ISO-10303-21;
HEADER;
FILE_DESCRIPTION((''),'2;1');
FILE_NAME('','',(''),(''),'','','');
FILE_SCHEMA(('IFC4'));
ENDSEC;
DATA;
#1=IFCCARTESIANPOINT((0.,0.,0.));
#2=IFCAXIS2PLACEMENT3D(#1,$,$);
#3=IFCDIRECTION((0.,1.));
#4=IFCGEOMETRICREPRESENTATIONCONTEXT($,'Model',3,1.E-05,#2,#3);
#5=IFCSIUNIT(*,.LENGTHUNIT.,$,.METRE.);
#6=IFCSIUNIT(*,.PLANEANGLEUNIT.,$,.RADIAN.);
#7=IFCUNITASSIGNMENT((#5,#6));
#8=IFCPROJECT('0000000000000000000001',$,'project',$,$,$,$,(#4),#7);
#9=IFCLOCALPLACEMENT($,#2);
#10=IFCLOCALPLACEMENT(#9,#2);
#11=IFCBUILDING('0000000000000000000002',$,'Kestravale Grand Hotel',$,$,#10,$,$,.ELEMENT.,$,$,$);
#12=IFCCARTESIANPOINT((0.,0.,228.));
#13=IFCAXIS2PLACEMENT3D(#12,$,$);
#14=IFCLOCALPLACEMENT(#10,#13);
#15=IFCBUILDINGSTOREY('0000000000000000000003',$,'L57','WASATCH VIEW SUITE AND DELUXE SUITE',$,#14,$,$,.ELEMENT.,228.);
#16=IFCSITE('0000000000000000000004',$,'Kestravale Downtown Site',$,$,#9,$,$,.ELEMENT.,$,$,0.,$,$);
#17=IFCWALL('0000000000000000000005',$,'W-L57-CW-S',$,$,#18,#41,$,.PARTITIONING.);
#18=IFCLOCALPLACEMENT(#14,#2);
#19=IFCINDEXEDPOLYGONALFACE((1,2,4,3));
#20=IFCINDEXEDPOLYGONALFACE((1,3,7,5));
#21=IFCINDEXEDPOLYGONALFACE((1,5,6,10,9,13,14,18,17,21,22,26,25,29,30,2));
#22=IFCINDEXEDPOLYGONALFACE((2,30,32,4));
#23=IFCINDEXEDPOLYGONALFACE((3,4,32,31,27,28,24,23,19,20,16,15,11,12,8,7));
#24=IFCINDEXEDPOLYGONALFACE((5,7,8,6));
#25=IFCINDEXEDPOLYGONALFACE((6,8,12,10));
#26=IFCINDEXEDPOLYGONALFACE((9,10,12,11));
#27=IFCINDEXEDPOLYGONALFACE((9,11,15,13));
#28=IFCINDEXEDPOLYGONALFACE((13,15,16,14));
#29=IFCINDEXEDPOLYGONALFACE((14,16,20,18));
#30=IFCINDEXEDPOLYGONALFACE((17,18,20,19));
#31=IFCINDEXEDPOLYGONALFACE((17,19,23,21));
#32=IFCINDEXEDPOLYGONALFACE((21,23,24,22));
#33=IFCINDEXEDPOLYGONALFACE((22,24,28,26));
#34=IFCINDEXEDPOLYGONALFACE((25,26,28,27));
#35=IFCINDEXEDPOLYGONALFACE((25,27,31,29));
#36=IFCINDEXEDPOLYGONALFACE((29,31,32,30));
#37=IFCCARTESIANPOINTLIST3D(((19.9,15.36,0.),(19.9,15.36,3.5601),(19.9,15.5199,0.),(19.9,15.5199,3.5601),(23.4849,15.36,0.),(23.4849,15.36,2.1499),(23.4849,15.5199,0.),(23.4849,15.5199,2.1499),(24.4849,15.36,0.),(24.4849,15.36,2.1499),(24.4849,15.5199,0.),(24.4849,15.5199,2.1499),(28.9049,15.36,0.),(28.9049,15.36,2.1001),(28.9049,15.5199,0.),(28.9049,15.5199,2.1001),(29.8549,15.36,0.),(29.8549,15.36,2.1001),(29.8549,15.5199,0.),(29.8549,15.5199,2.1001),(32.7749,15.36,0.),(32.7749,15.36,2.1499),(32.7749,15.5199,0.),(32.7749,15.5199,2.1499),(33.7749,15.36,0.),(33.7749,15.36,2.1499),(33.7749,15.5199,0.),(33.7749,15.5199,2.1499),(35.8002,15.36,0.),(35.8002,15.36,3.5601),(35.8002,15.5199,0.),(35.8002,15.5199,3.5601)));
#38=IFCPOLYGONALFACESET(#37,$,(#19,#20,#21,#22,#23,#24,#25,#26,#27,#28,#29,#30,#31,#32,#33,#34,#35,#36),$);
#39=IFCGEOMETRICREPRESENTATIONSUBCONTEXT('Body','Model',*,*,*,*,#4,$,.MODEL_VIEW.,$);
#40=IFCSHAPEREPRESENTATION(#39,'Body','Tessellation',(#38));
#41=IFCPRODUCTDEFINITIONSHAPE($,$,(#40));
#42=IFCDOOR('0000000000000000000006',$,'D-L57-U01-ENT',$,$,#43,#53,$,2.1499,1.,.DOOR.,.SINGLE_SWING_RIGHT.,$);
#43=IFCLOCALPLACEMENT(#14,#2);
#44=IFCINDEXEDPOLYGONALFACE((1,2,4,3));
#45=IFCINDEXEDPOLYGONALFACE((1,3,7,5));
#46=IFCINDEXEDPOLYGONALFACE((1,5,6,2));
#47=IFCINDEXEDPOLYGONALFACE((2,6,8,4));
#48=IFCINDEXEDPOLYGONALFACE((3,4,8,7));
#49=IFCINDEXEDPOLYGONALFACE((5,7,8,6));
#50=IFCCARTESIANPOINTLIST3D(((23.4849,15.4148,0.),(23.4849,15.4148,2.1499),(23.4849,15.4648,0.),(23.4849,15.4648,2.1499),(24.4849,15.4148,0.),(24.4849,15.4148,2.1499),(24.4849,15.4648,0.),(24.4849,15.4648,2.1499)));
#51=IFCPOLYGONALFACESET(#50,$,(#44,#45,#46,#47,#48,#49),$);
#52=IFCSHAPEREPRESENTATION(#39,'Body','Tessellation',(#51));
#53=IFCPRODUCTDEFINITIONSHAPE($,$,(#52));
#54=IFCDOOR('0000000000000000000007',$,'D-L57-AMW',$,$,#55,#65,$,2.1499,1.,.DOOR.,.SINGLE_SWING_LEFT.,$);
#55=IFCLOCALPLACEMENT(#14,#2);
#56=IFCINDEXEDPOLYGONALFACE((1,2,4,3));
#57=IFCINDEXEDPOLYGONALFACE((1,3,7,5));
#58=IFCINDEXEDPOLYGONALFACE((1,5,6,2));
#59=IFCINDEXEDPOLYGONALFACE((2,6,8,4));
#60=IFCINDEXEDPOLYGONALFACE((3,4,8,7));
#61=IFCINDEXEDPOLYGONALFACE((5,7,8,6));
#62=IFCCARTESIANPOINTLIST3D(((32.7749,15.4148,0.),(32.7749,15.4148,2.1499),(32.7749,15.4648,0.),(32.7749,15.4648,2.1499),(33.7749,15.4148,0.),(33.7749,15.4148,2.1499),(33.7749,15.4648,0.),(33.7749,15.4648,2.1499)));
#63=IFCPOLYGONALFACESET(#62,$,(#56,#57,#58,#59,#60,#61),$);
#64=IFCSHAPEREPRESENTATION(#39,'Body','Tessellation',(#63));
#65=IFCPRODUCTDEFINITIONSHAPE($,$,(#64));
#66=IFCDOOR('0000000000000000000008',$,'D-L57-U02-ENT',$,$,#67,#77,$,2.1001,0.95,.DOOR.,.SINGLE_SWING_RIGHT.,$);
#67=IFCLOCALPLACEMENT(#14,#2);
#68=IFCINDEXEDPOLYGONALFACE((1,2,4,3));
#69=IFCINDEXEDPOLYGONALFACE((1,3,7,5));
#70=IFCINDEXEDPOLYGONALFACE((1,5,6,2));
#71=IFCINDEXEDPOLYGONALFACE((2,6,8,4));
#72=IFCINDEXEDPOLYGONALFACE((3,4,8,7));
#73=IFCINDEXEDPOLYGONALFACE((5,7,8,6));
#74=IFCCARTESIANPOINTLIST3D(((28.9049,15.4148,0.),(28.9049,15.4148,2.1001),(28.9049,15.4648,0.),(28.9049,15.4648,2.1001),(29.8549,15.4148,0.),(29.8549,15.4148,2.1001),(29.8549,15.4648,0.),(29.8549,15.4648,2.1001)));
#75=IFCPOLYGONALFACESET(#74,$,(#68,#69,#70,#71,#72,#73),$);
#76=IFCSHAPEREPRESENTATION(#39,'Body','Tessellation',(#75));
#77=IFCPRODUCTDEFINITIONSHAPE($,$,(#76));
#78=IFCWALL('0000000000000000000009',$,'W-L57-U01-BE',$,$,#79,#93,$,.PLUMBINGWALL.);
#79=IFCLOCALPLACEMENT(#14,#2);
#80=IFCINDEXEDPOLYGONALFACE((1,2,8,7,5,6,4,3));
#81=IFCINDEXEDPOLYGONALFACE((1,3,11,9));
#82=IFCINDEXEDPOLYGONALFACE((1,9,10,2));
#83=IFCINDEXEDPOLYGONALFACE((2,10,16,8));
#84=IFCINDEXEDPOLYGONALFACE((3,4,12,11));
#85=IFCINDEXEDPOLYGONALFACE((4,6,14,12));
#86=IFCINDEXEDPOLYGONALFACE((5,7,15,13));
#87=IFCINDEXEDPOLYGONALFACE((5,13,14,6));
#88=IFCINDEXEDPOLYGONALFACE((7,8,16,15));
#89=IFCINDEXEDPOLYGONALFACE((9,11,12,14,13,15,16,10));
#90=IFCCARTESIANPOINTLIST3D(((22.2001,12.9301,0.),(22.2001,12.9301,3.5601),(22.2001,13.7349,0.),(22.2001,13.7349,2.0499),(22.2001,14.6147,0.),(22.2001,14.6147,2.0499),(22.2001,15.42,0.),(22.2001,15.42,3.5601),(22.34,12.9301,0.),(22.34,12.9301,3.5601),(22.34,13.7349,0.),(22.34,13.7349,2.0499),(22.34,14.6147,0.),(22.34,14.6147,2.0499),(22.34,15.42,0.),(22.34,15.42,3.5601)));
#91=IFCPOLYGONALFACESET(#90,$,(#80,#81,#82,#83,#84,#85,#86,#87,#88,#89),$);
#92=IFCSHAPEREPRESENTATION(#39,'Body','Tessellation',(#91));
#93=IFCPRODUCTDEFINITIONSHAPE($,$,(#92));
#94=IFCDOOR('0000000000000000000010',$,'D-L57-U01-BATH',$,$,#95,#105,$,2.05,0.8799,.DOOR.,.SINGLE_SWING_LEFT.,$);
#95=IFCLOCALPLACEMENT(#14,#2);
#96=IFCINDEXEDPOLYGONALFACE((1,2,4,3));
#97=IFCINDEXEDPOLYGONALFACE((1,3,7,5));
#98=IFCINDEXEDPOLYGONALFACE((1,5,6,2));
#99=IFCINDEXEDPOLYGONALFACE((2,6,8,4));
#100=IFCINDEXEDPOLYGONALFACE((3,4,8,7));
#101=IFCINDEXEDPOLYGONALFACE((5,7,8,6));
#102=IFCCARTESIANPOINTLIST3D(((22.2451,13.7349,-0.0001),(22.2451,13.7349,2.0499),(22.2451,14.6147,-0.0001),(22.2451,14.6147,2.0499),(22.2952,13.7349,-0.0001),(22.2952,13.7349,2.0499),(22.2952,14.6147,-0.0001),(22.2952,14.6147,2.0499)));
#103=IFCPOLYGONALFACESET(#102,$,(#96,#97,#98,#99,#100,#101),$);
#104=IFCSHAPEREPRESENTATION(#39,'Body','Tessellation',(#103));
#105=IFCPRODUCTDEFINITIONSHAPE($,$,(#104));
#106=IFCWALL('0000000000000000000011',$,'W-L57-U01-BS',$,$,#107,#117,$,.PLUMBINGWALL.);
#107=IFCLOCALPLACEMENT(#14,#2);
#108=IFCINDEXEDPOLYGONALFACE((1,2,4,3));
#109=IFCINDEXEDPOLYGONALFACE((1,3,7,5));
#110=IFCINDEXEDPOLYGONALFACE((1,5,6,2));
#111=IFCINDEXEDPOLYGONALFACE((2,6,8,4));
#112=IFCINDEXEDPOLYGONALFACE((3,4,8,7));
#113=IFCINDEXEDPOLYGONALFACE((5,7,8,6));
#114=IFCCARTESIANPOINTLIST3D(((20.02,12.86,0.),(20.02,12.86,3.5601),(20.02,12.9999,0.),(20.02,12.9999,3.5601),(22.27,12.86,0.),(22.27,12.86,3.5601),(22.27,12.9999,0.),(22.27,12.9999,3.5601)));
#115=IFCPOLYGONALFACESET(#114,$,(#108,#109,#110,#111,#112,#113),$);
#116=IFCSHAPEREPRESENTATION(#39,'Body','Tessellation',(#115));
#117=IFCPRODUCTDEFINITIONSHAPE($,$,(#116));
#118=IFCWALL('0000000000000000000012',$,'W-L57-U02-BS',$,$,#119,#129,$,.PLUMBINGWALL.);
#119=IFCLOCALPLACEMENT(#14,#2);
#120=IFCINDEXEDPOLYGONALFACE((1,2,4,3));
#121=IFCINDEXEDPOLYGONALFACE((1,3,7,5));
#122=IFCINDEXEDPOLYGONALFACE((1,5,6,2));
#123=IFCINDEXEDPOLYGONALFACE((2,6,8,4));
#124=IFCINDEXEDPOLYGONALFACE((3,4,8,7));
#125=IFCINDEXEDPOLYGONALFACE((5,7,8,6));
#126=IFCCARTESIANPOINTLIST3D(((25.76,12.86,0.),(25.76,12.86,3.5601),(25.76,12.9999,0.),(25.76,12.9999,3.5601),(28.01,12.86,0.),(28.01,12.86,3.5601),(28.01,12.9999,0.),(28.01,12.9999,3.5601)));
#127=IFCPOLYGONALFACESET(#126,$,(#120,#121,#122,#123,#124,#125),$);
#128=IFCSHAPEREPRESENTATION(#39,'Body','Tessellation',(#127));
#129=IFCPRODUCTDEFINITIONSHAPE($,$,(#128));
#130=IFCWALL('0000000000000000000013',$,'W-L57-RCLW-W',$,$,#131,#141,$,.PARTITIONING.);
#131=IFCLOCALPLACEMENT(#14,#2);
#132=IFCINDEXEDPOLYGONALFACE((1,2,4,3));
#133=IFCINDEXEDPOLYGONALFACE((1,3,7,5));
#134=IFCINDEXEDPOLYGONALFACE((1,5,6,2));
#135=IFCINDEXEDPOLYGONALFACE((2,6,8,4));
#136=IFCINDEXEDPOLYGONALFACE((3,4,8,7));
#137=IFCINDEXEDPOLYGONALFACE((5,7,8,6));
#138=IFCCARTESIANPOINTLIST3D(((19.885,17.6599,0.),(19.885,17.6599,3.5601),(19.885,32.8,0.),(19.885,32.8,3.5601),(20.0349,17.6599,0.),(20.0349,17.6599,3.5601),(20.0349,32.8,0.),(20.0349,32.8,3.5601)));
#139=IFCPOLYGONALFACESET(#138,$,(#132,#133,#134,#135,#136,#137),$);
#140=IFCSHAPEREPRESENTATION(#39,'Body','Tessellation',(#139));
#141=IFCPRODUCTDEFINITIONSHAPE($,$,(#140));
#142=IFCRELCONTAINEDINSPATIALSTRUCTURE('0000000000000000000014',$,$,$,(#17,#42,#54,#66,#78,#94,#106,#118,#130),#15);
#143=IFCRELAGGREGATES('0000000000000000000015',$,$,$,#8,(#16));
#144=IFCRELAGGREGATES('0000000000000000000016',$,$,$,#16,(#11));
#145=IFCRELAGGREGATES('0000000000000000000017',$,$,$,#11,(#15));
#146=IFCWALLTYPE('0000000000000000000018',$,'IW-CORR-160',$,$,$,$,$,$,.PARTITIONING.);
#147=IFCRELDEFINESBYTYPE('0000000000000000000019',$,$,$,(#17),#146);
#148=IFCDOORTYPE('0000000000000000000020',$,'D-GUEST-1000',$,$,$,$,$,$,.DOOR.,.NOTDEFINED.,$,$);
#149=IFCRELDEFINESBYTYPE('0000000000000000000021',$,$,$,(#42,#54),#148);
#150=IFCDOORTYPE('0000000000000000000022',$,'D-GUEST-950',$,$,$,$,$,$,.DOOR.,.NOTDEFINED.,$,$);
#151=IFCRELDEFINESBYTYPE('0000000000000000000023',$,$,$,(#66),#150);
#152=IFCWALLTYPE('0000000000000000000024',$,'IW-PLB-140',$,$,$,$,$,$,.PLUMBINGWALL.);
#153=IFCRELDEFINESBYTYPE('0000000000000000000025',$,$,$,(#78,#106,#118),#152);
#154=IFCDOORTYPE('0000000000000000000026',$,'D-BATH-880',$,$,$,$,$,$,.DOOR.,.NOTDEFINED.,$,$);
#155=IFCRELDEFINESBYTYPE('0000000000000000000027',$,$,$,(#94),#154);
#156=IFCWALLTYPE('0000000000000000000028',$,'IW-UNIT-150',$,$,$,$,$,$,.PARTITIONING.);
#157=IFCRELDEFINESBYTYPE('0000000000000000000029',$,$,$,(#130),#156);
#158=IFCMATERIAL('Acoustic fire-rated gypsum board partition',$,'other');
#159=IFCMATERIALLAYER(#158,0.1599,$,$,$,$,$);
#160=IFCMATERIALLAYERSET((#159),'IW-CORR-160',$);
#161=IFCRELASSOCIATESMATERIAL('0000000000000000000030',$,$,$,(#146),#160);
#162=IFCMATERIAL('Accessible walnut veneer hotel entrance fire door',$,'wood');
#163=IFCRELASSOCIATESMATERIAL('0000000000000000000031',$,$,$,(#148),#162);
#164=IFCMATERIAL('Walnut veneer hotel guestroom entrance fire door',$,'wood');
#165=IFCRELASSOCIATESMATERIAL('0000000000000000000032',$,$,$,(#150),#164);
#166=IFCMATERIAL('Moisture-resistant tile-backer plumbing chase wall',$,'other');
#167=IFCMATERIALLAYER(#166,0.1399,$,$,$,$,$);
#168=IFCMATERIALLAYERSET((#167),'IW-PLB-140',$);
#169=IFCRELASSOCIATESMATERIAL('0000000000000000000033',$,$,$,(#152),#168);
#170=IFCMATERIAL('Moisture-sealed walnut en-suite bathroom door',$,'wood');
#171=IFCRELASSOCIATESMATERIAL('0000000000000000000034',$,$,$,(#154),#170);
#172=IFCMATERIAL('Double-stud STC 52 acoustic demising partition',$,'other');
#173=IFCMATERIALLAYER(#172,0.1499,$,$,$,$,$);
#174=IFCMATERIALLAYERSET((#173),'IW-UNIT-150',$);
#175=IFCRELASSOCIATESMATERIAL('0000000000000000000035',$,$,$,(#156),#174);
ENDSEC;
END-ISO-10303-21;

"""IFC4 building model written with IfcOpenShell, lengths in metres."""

from ifc_helpers import new_model, si_unit, direction, frame, frame_2d, origin, place, context, subcontext, project, spatial, rectangle, extrude, material, layer, layer_set, type_object, element, fill, save


model = new_model("IFC4")

# Units and contexts
model_context = context("Model", 3, precision=1e-05, world=origin(), true_north=direction((0.0, 1.0)))
body_context = subcontext(model_context, "Body", "Model", "MODEL_VIEW")
ifc_project = project(units=[si_unit("LENGTHUNIT", "METRE"), si_unit("PLANEANGLEUNIT", "RADIAN")], contexts=[model_context])

# Site, building, storey
site_placement = place(None, origin())
site = spatial("IfcSite", under=ifc_project, at=site_placement, Name="Kestravale Downtown Site", CompositionType="ELEMENT", RefElevation=0.0)
building_placement = place(site_placement, origin())
building = spatial("IfcBuilding", under=site, at=building_placement, Name="Kestravale Grand Hotel", CompositionType="ELEMENT")
storey_placement = place(building_placement, frame((0.0, 0.0, 228.0)))
storey = spatial("IfcBuildingStorey", under=building, at=storey_placement, Name="L57", Description="WASATCH VIEW SUITE AND DELUXE SUITE", CompositionType="ELEMENT", Elevation=228.0)

# Wall, openings, doors
ifc_material_1 = material(Name="Acoustic fire-rated gypsum board partition", Category="other")
ifc_layer_1 = layer(ifc_material_1, 0.1599)
ifc_layer_set_1 = layer_set([ifc_layer_1], Name="IW-CORR-160")
wall_type_1 = type_object("IfcWallType", Name="IW-CORR-160", PredefinedType="PARTITIONING", material=ifc_layer_set_1)
ifc_material_2 = material(Name="Accessible walnut veneer hotel entrance fire door", Category="wood")
door_type_1 = type_object("IfcDoorType", Name="D-GUEST-1000", OperationType="NOTDEFINED", PredefinedType="DOOR", material=ifc_material_2)
wall_1_placement = place(storey_placement, frame((19.8999, 15.4399, 0.0), z_axis=(0.0, 0.0, 1.0), x_axis=(1.0, 0.0, 0.0)))
wall_1 = element("IfcWall", 1, at=wall_1_placement, inside=storey, type_object=wall_type_1, Name="W-L57-CW-S", PredefinedType="PARTITIONING", context=body_context, shape_type="SweptSolid", body=[
    extrude(rectangle(XDim=15.9001, YDim=0.1599, at=frame_2d((7.9502, 0.0))), origin(), (0.0, 0.0, 1.0), 3.5601),
])
opening_1_placement = place(wall_1_placement, frame((3.585, 0.0, 0.0)))
opening_1 = element("IfcOpeningElement", 2, at=opening_1_placement, cuts=wall_1, PredefinedType="OPENING", context=body_context, shape_type="SweptSolid", body=[
    extrude(rectangle(XDim=1.0, YDim=2.1499, at=frame_2d((0.5, 1.075))), frame((0.0, 0.0898, 0.0), z_axis=(0.0, -1.0, 0.0), x_axis=(1.0, 0.0, 0.0)), (0.0, 0.0, 1.0), 0.1799),
])
opening_2_placement = place(wall_1_placement, frame((9.0049, 0.0, 0.0)))
opening_2 = element("IfcOpeningElement", 3, at=opening_2_placement, cuts=wall_1, PredefinedType="OPENING", context=body_context, shape_type="SweptSolid", body=[
    extrude(rectangle(XDim=0.95, YDim=2.1001, at=frame_2d((0.4751, 1.05))), frame((0.0, 0.0898, 0.0), z_axis=(0.0, -1.0, 0.0), x_axis=(1.0, 0.0, 0.0)), (0.0, 0.0, 1.0), 0.1799),
])
opening_3_placement = place(wall_1_placement, frame((12.875, 0.0, 0.0)))
opening_3 = element("IfcOpeningElement", 4, at=opening_3_placement, cuts=wall_1, PredefinedType="OPENING", context=body_context, shape_type="SweptSolid", body=[
    extrude(rectangle(XDim=1.0, YDim=2.1499, at=frame_2d((0.5, 1.075))), frame((0.0, 0.0898, 0.0), z_axis=(0.0, -1.0, 0.0), x_axis=(1.0, 0.0, 0.0)), (0.0, 0.0, 1.0), 0.1799),
])
door_1_placement = place(opening_1_placement, origin())
door_1 = element("IfcDoor", 5, at=door_1_placement, inside=storey, type_object=door_type_1, Name="D-L57-U01-ENT", OperationType="SINGLE_SWING_RIGHT", OverallHeight=2.1499, OverallWidth=1.0, PredefinedType="DOOR", context=body_context, shape_type="SweptSolid", body=[
    extrude(rectangle(XDim=1.0, YDim=2.1499, at=frame_2d((0.5, 1.075))), frame((0.0, 0.0249, 0.0), z_axis=(0.0, -1.0, 0.0), x_axis=(1.0, 0.0, 0.0)), (0.0, 0.0, 1.0), 0.05),
])
fill(opening_1, door_1)
door_2_placement = place(opening_3_placement, origin())
door_2 = element("IfcDoor", 6, at=door_2_placement, inside=storey, type_object=door_type_1, Name="D-L57-AMW", OperationType="SINGLE_SWING_LEFT", OverallHeight=2.1499, OverallWidth=1.0, PredefinedType="DOOR", context=body_context, shape_type="SweptSolid", body=[
    extrude(rectangle(XDim=1.0, YDim=2.1499, at=frame_2d((0.5, 1.075))), frame((0.0, 0.0249, 0.0), z_axis=(0.0, -1.0, 0.0), x_axis=(1.0, 0.0, 0.0)), (0.0, 0.0, 1.0), 0.05),
])
fill(opening_3, door_2)
ifc_material_3 = material(Name="Walnut veneer hotel guestroom entrance fire door", Category="wood")
door_type_2 = type_object("IfcDoorType", Name="D-GUEST-950", OperationType="NOTDEFINED", PredefinedType="DOOR", material=ifc_material_3)
door_3_placement = place(opening_2_placement, origin())
door_3 = element("IfcDoor", 7, at=door_3_placement, inside=storey, type_object=door_type_2, Name="D-L57-U02-ENT", OperationType="SINGLE_SWING_RIGHT", OverallHeight=2.1001, OverallWidth=0.95, PredefinedType="DOOR", context=body_context, shape_type="SweptSolid", body=[
    extrude(rectangle(XDim=0.95, YDim=2.1001, at=frame_2d((0.4751, 1.05))), frame((0.0, 0.0249, 0.0), z_axis=(0.0, -1.0, 0.0), x_axis=(1.0, 0.0, 0.0)), (0.0, 0.0, 1.0), 0.05),
])
fill(opening_2, door_3)

# Wall, opening, door
ifc_material_4 = material(Name="Moisture-resistant tile-backer plumbing chase wall", Category="other")
ifc_layer_2 = layer(ifc_material_4, 0.1399)
ifc_layer_set_2 = layer_set([ifc_layer_2], Name="IW-PLB-140")
wall_type_2 = type_object("IfcWallType", Name="IW-PLB-140", PredefinedType="PLUMBINGWALL", material=ifc_layer_set_2)
wall_2_placement = place(storey_placement, frame((22.27, 12.9299, 0.0), z_axis=(0.0, 0.0, 1.0), x_axis=(0.0, 1.0, 0.0)))
wall_2 = element("IfcWall", 8, at=wall_2_placement, inside=storey, type_object=wall_type_2, Name="W-L57-U01-BE", PredefinedType="PLUMBINGWALL", context=body_context, shape_type="SweptSolid", body=[
    extrude(rectangle(XDim=2.49, YDim=0.1399, at=frame_2d((1.2451, 0.0))), origin(), (0.0, 0.0, 1.0), 3.5601),
])
opening_4_placement = place(wall_2_placement, frame((0.8049, 0.0, 0.0)))
opening_4 = element("IfcOpeningElement", 9, at=opening_4_placement, cuts=wall_2, PredefinedType="OPENING", context=body_context, shape_type="SweptSolid", body=[
    extrude(rectangle(XDim=0.8799, YDim=2.05, at=frame_2d((0.4399, 1.0249))), frame((0.0, 0.0798, 0.0), z_axis=(0.0, -1.0, 0.0), x_axis=(1.0, 0.0, 0.0)), (0.0, 0.0, 1.0), 0.1599),
])
ifc_material_5 = material(Name="Moisture-sealed walnut en-suite bathroom door", Category="wood")
door_type_3 = type_object("IfcDoorType", Name="D-BATH-880", OperationType="NOTDEFINED", PredefinedType="DOOR", material=ifc_material_5)
door_4_placement = place(opening_4_placement, origin())
door_4 = element("IfcDoor", 10, at=door_4_placement, inside=storey, type_object=door_type_3, Name="D-L57-U01-BATH", OperationType="SINGLE_SWING_LEFT", OverallHeight=2.05, OverallWidth=0.8799, PredefinedType="DOOR", context=body_context, shape_type="SweptSolid", body=[
    extrude(rectangle(XDim=0.8799, YDim=2.05, at=frame_2d((0.4399, 1.0249))), frame((0.0, 0.0249, 0.0), z_axis=(0.0, -1.0, 0.0), x_axis=(1.0, 0.0, 0.0)), (0.0, 0.0, 1.0), 0.05),
])
fill(opening_4, door_4)

# Walls
for number, where, z_axis, x_axis, name in (
    (11, (20.02, 12.9299, 0.0), (0.0, 0.0, 1.0), (1.0, 0.0, 0.0), "W-L57-U01-BS"),
    (12, (25.76, 12.9299, 0.0), (0.0, 0.0, 1.0), (1.0, 0.0, 0.0), "W-L57-U02-BS"),
):
    element("IfcWall", number, at=place(storey_placement, frame(where, z_axis=z_axis, x_axis=x_axis)), inside=storey, type_object=wall_type_2, Name=name, PredefinedType="PLUMBINGWALL", context=body_context, shape_type="SweptSolid", body=[
        extrude(rectangle(XDim=2.25, YDim=0.1399, at=frame_2d((1.125, 0.0))), origin(), (0.0, 0.0, 1.0), 3.5601),
    ])
ifc_material_6 = material(Name="Double-stud STC 52 acoustic demising partition", Category="other")
ifc_layer_3 = layer(ifc_material_6, 0.1499)
ifc_layer_set_3 = layer_set([ifc_layer_3], Name="IW-UNIT-150")
wall_type_3 = type_object("IfcWallType", Name="IW-UNIT-150", PredefinedType="PARTITIONING", material=ifc_layer_set_3)
wall_3_placement = place(storey_placement, frame((19.96, 17.6599, 0.0), z_axis=(0.0, 0.0, 1.0), x_axis=(0.0, 1.0, 0.0)))
element("IfcWall", 13, at=wall_3_placement, inside=storey, type_object=wall_type_3, Name="W-L57-RCLW-W", PredefinedType="PARTITIONING", context=body_context, shape_type="SweptSolid", body=[
    extrude(rectangle(XDim=15.1401, YDim=0.1499, at=frame_2d((7.5701, 0.0))), origin(), (0.0, 0.0, 1.0), 3.5601),
])

save(model, "model.ifc")
